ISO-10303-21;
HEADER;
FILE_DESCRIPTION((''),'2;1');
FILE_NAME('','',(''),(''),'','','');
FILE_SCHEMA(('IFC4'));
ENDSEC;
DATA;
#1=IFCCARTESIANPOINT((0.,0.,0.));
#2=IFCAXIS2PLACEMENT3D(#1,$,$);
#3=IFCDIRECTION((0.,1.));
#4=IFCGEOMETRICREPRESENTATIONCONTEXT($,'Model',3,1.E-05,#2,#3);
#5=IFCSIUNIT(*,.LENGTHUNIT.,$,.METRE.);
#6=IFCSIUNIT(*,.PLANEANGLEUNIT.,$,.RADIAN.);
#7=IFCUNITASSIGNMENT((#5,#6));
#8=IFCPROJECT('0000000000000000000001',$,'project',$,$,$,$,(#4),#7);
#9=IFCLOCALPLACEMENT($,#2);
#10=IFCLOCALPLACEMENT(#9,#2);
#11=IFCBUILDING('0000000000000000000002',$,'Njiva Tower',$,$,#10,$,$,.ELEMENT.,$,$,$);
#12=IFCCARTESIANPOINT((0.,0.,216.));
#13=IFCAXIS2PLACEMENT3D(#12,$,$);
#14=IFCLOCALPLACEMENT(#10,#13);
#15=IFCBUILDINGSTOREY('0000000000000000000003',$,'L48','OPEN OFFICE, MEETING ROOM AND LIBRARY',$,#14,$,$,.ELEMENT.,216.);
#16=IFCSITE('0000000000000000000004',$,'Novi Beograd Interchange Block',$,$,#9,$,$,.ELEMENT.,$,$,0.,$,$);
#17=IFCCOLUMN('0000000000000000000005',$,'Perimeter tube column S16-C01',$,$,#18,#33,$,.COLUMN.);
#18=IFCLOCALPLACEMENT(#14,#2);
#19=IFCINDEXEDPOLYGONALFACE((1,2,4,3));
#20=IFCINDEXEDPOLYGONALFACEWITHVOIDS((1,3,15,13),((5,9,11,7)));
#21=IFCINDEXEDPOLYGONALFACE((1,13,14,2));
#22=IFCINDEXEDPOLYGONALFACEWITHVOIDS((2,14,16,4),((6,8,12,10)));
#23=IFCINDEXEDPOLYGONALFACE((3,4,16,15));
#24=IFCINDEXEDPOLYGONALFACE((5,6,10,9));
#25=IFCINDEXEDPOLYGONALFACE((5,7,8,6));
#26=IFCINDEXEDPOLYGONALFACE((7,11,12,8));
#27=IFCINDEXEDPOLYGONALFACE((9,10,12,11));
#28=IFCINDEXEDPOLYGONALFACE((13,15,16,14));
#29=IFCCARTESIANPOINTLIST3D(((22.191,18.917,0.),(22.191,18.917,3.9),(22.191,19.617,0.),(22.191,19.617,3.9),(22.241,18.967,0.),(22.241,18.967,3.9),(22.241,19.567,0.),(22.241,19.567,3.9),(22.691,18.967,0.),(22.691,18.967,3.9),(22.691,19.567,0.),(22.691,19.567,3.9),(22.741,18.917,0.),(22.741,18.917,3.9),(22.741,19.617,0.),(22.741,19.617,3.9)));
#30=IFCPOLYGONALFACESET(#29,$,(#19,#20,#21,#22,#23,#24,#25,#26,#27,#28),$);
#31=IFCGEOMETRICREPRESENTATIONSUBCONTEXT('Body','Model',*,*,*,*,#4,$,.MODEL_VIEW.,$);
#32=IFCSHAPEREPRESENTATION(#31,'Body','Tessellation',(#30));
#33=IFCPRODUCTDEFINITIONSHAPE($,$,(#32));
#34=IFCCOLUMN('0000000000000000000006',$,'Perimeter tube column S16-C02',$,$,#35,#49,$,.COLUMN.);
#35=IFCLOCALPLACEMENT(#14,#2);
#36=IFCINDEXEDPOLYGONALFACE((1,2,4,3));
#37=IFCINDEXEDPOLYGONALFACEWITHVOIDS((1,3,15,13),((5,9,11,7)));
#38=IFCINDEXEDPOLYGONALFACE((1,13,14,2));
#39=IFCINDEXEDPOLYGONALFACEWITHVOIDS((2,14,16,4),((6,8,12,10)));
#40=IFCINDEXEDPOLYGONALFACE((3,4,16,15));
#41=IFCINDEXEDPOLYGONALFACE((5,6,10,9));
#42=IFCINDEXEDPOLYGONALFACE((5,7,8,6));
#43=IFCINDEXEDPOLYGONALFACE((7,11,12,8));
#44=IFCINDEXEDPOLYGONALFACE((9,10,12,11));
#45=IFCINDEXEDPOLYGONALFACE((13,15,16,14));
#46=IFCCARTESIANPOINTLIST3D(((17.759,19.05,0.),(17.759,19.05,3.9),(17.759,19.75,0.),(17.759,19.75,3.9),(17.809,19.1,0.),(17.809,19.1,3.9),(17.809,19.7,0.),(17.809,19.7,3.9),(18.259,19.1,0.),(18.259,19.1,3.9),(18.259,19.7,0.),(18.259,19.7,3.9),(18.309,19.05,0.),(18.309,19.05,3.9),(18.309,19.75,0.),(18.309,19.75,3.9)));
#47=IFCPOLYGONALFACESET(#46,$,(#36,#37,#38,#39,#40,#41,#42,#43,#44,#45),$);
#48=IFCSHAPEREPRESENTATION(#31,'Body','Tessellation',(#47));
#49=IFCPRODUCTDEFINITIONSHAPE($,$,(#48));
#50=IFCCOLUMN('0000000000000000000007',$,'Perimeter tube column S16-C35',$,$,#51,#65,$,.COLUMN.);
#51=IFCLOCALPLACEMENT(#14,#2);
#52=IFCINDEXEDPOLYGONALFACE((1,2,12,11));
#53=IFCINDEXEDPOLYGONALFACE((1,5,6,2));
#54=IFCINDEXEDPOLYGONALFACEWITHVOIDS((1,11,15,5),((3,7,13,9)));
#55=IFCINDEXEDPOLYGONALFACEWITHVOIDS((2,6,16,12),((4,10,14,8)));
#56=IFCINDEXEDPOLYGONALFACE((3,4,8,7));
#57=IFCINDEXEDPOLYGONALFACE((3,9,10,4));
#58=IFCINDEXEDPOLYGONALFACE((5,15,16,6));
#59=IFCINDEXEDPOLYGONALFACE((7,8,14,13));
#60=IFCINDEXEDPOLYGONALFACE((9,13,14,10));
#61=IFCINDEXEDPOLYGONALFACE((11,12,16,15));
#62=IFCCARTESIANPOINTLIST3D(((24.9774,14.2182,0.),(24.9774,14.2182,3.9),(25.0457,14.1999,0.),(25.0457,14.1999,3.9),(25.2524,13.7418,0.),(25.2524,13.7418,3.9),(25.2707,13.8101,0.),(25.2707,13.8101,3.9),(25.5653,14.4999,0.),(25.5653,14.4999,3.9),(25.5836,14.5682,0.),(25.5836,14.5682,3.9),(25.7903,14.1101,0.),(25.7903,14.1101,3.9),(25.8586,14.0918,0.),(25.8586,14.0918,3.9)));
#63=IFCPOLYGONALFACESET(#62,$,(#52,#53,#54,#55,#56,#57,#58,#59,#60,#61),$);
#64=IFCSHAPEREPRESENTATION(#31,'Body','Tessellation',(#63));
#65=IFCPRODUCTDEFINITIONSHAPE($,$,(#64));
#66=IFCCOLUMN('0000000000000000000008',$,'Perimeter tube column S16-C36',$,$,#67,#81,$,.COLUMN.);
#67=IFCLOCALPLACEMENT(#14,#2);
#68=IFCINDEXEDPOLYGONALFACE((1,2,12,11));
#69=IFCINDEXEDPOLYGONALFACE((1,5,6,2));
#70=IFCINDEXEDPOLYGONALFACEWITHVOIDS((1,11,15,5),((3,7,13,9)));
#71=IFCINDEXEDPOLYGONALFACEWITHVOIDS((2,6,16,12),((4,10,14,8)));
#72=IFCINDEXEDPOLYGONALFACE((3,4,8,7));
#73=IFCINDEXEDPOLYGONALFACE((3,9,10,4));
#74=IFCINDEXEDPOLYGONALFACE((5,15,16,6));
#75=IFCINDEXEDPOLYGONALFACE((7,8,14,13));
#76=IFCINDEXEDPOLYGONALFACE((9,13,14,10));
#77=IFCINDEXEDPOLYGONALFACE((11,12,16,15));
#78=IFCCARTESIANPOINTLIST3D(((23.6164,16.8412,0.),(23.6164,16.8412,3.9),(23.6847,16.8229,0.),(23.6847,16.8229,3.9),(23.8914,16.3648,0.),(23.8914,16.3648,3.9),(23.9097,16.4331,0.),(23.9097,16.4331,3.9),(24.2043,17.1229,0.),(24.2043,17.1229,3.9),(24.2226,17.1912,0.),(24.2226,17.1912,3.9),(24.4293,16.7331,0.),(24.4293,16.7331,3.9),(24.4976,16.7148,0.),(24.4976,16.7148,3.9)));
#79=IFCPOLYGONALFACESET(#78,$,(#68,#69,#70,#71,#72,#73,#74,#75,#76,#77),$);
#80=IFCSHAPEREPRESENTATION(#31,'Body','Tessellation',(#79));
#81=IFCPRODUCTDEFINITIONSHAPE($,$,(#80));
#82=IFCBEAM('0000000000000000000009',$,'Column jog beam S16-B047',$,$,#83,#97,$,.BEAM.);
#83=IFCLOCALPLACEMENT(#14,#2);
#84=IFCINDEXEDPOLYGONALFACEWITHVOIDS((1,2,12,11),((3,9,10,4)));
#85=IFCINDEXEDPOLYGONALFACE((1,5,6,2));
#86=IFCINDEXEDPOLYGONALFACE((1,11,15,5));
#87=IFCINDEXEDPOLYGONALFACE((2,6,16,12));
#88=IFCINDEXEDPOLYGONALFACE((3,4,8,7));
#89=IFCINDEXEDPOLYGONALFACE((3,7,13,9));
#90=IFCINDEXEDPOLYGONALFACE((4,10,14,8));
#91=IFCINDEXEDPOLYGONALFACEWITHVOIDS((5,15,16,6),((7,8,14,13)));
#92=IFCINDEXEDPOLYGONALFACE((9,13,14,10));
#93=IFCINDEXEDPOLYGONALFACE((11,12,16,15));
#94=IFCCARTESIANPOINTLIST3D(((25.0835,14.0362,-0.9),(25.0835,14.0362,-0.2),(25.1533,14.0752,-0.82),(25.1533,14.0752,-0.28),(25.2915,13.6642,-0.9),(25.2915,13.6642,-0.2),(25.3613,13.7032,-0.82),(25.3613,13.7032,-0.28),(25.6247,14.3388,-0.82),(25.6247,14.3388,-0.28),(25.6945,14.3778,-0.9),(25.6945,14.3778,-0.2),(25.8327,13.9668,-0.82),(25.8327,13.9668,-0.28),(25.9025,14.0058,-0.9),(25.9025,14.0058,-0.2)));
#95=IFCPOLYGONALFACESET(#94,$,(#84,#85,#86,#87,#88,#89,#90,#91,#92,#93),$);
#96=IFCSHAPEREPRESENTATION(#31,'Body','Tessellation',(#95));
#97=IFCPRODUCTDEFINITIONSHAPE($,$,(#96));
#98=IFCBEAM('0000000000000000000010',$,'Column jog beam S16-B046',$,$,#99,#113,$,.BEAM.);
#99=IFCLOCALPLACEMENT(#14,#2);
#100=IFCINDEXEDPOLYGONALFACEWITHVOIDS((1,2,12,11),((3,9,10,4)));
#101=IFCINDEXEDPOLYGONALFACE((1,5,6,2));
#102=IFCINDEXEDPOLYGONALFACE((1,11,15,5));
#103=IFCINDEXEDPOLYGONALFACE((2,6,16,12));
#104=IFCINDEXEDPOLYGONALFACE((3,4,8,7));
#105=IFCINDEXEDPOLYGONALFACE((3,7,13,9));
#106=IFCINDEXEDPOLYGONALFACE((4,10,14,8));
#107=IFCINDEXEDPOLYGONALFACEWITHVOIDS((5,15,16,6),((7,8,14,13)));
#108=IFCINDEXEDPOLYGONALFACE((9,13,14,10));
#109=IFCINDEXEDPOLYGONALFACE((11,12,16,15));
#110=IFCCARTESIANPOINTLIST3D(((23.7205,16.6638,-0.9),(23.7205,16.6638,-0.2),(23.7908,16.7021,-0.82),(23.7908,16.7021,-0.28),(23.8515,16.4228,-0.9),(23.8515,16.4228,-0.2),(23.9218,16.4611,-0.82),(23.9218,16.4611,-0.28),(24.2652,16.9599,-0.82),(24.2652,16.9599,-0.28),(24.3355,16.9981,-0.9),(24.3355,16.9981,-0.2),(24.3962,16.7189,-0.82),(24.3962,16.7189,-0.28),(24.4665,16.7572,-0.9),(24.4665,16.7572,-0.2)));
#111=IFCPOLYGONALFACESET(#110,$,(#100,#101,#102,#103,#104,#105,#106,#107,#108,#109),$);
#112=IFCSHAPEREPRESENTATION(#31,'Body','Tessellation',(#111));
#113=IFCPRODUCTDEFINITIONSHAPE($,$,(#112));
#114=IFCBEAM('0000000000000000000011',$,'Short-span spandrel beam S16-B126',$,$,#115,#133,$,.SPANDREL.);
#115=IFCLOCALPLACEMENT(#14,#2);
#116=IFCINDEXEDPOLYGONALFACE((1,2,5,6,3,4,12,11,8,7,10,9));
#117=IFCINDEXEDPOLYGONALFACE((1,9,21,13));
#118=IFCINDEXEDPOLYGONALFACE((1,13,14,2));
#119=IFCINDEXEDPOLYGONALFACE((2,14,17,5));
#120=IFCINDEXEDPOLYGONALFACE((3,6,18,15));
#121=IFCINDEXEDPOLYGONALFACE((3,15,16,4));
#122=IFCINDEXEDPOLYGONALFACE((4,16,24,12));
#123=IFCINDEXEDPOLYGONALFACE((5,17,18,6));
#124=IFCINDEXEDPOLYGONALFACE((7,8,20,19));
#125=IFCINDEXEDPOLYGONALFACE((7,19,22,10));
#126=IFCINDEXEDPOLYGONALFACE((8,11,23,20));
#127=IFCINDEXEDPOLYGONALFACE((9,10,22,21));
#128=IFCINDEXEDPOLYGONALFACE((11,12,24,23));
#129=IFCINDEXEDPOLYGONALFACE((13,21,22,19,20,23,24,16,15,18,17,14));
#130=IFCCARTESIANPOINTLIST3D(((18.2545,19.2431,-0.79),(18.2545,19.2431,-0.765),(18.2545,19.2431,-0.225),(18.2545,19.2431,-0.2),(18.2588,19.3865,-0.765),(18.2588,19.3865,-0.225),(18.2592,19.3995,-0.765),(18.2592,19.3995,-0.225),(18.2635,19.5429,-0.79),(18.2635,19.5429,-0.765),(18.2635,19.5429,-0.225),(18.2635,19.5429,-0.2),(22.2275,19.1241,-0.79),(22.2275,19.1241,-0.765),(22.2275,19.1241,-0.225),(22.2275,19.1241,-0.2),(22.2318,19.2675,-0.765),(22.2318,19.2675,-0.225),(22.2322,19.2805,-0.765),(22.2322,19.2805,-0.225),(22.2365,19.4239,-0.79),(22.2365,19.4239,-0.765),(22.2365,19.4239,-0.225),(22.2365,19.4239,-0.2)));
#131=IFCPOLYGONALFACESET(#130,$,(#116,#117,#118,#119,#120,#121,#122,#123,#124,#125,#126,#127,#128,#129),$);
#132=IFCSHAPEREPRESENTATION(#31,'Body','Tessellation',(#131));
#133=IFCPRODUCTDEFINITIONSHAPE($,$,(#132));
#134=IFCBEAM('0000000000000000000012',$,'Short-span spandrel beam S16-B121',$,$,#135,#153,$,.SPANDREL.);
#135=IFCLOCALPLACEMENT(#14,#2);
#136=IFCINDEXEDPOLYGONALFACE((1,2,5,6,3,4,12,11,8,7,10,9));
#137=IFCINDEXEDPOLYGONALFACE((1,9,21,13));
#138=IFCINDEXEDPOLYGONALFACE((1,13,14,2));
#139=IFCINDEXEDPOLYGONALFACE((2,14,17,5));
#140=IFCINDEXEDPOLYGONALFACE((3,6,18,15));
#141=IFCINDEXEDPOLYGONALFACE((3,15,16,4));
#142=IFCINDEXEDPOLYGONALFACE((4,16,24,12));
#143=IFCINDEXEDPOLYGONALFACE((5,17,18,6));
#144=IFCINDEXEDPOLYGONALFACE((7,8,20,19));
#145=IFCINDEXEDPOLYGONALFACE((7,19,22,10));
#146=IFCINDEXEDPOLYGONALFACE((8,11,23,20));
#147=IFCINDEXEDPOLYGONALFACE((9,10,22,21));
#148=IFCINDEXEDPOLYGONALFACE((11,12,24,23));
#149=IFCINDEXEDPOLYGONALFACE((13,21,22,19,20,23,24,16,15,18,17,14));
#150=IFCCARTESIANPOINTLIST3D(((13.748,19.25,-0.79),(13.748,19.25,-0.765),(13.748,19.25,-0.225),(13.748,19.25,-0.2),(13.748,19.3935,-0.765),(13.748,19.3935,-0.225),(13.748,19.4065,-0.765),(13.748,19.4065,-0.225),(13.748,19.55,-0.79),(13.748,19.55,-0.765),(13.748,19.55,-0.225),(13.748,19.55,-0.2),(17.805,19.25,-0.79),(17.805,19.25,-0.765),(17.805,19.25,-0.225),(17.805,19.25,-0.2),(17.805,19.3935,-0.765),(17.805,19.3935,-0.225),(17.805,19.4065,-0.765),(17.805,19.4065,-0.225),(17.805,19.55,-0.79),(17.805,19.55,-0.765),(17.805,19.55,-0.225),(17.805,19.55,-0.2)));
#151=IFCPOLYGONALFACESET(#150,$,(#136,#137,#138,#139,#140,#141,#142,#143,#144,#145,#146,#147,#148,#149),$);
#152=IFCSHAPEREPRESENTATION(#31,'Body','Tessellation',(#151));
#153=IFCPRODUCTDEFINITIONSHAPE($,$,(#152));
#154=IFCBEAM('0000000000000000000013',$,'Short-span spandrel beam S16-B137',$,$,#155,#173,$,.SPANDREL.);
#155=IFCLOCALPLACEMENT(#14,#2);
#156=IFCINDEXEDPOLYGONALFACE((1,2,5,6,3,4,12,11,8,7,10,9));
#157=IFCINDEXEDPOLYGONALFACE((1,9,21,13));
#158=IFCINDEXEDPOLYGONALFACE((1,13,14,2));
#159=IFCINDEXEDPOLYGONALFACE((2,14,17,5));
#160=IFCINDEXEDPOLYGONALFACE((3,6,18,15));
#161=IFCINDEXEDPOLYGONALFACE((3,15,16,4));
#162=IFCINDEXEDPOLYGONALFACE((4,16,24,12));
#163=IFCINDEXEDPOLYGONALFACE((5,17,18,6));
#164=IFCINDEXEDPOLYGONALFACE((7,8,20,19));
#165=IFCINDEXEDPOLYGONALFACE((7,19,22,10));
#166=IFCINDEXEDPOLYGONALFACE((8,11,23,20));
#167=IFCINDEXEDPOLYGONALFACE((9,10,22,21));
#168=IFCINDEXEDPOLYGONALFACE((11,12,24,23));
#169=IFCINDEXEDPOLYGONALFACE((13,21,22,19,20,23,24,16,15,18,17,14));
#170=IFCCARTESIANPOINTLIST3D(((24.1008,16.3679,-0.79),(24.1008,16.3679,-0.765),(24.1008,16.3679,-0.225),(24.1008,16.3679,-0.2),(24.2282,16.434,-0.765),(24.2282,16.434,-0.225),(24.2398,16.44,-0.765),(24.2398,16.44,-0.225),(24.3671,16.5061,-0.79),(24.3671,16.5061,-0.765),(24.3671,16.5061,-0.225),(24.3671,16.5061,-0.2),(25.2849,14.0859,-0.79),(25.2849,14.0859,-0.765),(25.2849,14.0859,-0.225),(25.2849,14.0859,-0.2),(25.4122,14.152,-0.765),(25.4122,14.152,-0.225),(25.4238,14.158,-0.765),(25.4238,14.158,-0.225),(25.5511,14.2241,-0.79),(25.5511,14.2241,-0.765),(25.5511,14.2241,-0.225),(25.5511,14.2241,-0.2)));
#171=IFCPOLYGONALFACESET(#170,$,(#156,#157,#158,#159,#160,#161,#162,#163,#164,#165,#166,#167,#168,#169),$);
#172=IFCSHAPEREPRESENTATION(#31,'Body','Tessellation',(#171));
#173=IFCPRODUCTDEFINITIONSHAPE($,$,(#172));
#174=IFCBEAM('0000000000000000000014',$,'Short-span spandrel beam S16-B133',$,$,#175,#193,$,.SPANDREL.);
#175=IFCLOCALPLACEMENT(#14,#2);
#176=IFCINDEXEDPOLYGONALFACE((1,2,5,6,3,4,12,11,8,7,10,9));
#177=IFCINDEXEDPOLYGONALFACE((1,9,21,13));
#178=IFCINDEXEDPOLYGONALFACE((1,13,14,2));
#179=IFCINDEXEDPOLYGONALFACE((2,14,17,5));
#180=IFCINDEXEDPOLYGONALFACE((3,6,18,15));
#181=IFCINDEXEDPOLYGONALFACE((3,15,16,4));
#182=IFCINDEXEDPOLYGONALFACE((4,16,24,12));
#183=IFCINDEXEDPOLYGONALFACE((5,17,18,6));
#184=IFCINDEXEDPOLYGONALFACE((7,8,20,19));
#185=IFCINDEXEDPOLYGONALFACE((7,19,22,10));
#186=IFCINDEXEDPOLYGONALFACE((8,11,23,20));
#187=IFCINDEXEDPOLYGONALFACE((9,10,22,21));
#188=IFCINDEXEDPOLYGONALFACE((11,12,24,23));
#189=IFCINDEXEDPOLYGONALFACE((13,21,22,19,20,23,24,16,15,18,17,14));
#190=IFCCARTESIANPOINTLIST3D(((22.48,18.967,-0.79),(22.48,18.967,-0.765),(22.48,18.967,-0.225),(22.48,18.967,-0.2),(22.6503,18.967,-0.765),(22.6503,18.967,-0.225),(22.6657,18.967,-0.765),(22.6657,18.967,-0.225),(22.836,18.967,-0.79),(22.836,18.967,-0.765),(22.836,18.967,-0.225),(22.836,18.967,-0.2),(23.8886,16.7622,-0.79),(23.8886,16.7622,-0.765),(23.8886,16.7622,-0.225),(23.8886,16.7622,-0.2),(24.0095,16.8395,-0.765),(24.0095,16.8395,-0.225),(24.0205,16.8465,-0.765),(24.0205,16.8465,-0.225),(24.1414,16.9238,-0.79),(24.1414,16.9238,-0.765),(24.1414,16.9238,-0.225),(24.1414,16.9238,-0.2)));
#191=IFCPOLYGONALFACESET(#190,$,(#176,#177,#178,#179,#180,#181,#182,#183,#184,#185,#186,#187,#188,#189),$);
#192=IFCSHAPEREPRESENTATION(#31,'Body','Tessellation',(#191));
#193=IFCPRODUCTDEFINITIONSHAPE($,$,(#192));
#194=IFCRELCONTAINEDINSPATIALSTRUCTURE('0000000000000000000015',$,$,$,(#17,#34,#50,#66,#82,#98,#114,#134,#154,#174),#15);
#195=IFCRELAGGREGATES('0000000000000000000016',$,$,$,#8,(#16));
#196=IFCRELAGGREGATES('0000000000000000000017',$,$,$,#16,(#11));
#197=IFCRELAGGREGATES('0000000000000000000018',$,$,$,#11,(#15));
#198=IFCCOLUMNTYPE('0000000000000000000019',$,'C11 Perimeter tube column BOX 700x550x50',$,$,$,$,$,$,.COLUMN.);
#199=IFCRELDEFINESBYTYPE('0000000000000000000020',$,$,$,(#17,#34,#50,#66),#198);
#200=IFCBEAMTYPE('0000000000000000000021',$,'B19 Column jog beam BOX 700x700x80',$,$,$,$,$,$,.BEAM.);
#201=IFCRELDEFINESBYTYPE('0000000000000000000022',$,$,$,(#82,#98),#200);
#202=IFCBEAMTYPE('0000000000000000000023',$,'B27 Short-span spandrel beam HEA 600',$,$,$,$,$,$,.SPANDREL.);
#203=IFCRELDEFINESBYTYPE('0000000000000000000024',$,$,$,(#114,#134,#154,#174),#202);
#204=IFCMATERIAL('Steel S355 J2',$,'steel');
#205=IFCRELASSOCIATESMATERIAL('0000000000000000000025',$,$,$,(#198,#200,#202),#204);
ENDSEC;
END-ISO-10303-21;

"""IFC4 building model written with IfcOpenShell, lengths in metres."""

from ifc_helpers import new_model, si_unit, direction, frame, origin, origin_2d, place, context, subcontext, project, spatial, hollow_rectangle, i_section, extrude, clip, halfspace, material, material_profile, profile_set, type_object, element, save


model = new_model("IFC4")

# Units and contexts
model_context = context("Model", 3, precision=1e-05, world=origin(), true_north=direction((0.0, 1.0)))
body_context = subcontext(model_context, "Body", "Model", "MODEL_VIEW")
ifc_project = project(units=[si_unit("LENGTHUNIT", "METRE"), si_unit("PLANEANGLEUNIT", "RADIAN")], contexts=[model_context])

# Site, building, storey
site_placement = place(None, origin())
site = spatial("IfcSite", under=ifc_project, at=site_placement, Name="Novi Beograd Interchange Block", CompositionType="ELEMENT", RefElevation=0.0)
building_placement = place(site_placement, origin())
building = spatial("IfcBuilding", under=site, at=building_placement, Name="Njiva Tower", CompositionType="ELEMENT")
storey_placement = place(building_placement, frame((0.0, 0.0, 216.0)))
storey = spatial("IfcBuildingStorey", under=building, at=storey_placement, Name="L48", Description="OPEN OFFICE, MEETING ROOM AND LIBRARY", CompositionType="ELEMENT", Elevation=216.0)

# Columns
ifc_material_1 = material(Name="Steel S355 J2", Category="steel")
ifc_material_profile_1 = material_profile(ifc_material_1, hollow_rectangle(XDim=0.55, YDim=0.7, WallThickness=0.05, at=origin_2d()), Name="BOX 700x550x50")
ifc_profile_set_1 = profile_set([ifc_material_profile_1], Name="Steel S355 J2")
column_type = type_object("IfcColumnType", Name="C11 Perimeter tube column BOX 700x550x50", PredefinedType="COLUMN", material=ifc_profile_set_1)
for number, where, z_axis, x_axis, name in (
    (1, (22.466, 19.267, 0.0), (0.0, 0.0, 1.0), (-1.0, 0.0, 0.0), "Perimeter tube column S16-C01"),
    (2, (18.034, 19.4, 0.0), (0.0, 0.0, 1.0), (-1.0, 0.0, 0.0), "Perimeter tube column S16-C02"),
    (3, (25.418, 14.155, 0.0), (0.0, 0.0, 1.0), (-0.5, 0.866025, 0.0), "Perimeter tube column S16-C35"),
    (4, (24.057, 16.778, 0.0), (0.0, 0.0, 1.0), (-0.5, 0.866025, 0.0), "Perimeter tube column S16-C36"),
):
    element("IfcColumn", number, at=place(storey_placement, frame(where, z_axis=z_axis, x_axis=x_axis)), inside=storey, type_object=column_type, Name=name, PredefinedType="COLUMN", context=body_context, shape_type="SweptSolid", body=[
        extrude(hollow_rectangle(XDim=0.55, YDim=0.7, WallThickness=0.05, at=origin_2d()), origin(), (0.0, 0.0, 1.0), 3.9),
    ])

# Beams
ifc_material_profile_2 = material_profile(ifc_material_1, hollow_rectangle(XDim=0.7, YDim=0.7, WallThickness=0.08, at=origin_2d()), Name="BOX 700x700x80")
ifc_profile_set_2 = profile_set([ifc_material_profile_2], Name="Steel S355 J2")
beam_type_1 = type_object("IfcBeamType", Name="B19 Column jog beam BOX 700x700x80", PredefinedType="BEAM", material=ifc_profile_set_2)
beam_1_placement = place(storey_placement, frame((25.597, 13.835, -0.55), z_axis=(-0.488032, 0.872826, 0.0), x_axis=(-0.872826, -0.488032, 0.0)))
element("IfcBeam", 5, at=beam_1_placement, inside=storey, type_object=beam_type_1, Name="Column jog beam S16-B047", PredefinedType="BEAM", context=body_context, shape_type="SweptSolid", body=[
    extrude(hollow_rectangle(XDim=0.7, YDim=0.7, WallThickness=0.08, at=origin_2d()), origin(), (0.0, 0.0, 1.0), 0.4262),
])
beam_2_placement = place(storey_placement, frame((24.159, 16.59, -0.55), z_axis=(-0.477575, 0.878591, 0.0), x_axis=(-0.878591, -0.477575, 0.0)))
element("IfcBeam", 6, at=beam_2_placement, inside=storey, type_object=beam_type_1, Name="Column jog beam S16-B046", PredefinedType="BEAM", context=body_context, shape_type="SweptSolid", body=[
    extrude(hollow_rectangle(XDim=0.7, YDim=0.7, WallThickness=0.08, at=origin_2d()), origin(), (0.0, 0.0, 1.0), 0.2743),
])
ifc_material_profile_3 = material_profile(ifc_material_1, i_section(OverallWidth=0.3, OverallDepth=0.59, WebThickness=0.013, FlangeThickness=0.025, at=origin_2d()), Name="HEA 600")
ifc_profile_set_3 = profile_set([ifc_material_profile_3], Name="Steel S355 J2")
beam_type_2 = type_object("IfcBeamType", Name="B27 Short-span spandrel beam HEA 600", PredefinedType="SPANDREL", material=ifc_profile_set_3)
beam_3_placement = place(storey_placement, frame((22.232, 19.274, -0.495), z_axis=(-0.999552, 0.029939, 0.0), x_axis=(-0.029939, -0.999552, 0.0)))
element("IfcBeam", 7, at=beam_3_placement, inside=storey, type_object=beam_type_2, Name="Short-span spandrel beam S16-B126", PredefinedType="SPANDREL", context=body_context, shape_type="SweptSolid", body=[
    extrude(i_section(OverallWidth=0.3, OverallDepth=0.59, WebThickness=0.013, FlangeThickness=0.025, at=origin_2d()), origin(), (0.0, 0.0, 1.0), 3.9748),
])
beam_4_placement = place(storey_placement, frame((17.805, 19.4, -0.495), z_axis=(-1.0, 0.0, 0.0), x_axis=(0.0, -1.0, 0.0)))
element("IfcBeam", 8, at=beam_4_placement, inside=storey, type_object=beam_type_2, Name="Short-span spandrel beam S16-B121", PredefinedType="SPANDREL", context=body_context, shape_type="SweptSolid", body=[
    extrude(i_section(OverallWidth=0.3, OverallDepth=0.59, WebThickness=0.013, FlangeThickness=0.025, at=origin_2d()), origin(), (0.0, 0.0, 1.0), 4.057),
])
beam_5_placement = place(storey_placement, frame((25.418, 14.155, -0.495), z_axis=(-0.460544, 0.887637, 0.0), x_axis=(-0.887637, -0.460544, 0.0)))
element("IfcBeam", 9, at=beam_5_placement, inside=storey, type_object=beam_type_2, Name="Short-span spandrel beam S16-B137", PredefinedType="SPANDREL", context=body_context, shape_type="SweptSolid", body=[
    extrude(i_section(OverallWidth=0.3, OverallDepth=0.59, WebThickness=0.013, FlangeThickness=0.025, at=origin_2d()), origin(), (0.0, 0.0, 1.0), 2.5709),
])
beam_6_placement = place(storey_placement, frame((24.015, 16.843, -0.495), z_axis=(-0.538389, 0.842696, 0.0), x_axis=(-0.842696, -0.538389, 0.0)))
element("IfcBeam", 10, at=beam_6_placement, inside=storey, type_object=beam_type_2, Name="Short-span spandrel beam S16-B133", PredefinedType="SPANDREL", context=body_context, shape_type="Clipping", body=[
    clip(extrude(i_section(OverallWidth=0.3, OverallDepth=0.59, WebThickness=0.013, FlangeThickness=0.025, at=origin_2d()), origin(), (0.0, 0.0, 1.0), 2.6365), halfspace(frame((-0.0269, 0.0, 2.5033), z_axis=(-0.538389, 0.0, 0.842696), x_axis=(0.0, 1.0, 0.0)), False)),
])

save(model, "model.ifc")
